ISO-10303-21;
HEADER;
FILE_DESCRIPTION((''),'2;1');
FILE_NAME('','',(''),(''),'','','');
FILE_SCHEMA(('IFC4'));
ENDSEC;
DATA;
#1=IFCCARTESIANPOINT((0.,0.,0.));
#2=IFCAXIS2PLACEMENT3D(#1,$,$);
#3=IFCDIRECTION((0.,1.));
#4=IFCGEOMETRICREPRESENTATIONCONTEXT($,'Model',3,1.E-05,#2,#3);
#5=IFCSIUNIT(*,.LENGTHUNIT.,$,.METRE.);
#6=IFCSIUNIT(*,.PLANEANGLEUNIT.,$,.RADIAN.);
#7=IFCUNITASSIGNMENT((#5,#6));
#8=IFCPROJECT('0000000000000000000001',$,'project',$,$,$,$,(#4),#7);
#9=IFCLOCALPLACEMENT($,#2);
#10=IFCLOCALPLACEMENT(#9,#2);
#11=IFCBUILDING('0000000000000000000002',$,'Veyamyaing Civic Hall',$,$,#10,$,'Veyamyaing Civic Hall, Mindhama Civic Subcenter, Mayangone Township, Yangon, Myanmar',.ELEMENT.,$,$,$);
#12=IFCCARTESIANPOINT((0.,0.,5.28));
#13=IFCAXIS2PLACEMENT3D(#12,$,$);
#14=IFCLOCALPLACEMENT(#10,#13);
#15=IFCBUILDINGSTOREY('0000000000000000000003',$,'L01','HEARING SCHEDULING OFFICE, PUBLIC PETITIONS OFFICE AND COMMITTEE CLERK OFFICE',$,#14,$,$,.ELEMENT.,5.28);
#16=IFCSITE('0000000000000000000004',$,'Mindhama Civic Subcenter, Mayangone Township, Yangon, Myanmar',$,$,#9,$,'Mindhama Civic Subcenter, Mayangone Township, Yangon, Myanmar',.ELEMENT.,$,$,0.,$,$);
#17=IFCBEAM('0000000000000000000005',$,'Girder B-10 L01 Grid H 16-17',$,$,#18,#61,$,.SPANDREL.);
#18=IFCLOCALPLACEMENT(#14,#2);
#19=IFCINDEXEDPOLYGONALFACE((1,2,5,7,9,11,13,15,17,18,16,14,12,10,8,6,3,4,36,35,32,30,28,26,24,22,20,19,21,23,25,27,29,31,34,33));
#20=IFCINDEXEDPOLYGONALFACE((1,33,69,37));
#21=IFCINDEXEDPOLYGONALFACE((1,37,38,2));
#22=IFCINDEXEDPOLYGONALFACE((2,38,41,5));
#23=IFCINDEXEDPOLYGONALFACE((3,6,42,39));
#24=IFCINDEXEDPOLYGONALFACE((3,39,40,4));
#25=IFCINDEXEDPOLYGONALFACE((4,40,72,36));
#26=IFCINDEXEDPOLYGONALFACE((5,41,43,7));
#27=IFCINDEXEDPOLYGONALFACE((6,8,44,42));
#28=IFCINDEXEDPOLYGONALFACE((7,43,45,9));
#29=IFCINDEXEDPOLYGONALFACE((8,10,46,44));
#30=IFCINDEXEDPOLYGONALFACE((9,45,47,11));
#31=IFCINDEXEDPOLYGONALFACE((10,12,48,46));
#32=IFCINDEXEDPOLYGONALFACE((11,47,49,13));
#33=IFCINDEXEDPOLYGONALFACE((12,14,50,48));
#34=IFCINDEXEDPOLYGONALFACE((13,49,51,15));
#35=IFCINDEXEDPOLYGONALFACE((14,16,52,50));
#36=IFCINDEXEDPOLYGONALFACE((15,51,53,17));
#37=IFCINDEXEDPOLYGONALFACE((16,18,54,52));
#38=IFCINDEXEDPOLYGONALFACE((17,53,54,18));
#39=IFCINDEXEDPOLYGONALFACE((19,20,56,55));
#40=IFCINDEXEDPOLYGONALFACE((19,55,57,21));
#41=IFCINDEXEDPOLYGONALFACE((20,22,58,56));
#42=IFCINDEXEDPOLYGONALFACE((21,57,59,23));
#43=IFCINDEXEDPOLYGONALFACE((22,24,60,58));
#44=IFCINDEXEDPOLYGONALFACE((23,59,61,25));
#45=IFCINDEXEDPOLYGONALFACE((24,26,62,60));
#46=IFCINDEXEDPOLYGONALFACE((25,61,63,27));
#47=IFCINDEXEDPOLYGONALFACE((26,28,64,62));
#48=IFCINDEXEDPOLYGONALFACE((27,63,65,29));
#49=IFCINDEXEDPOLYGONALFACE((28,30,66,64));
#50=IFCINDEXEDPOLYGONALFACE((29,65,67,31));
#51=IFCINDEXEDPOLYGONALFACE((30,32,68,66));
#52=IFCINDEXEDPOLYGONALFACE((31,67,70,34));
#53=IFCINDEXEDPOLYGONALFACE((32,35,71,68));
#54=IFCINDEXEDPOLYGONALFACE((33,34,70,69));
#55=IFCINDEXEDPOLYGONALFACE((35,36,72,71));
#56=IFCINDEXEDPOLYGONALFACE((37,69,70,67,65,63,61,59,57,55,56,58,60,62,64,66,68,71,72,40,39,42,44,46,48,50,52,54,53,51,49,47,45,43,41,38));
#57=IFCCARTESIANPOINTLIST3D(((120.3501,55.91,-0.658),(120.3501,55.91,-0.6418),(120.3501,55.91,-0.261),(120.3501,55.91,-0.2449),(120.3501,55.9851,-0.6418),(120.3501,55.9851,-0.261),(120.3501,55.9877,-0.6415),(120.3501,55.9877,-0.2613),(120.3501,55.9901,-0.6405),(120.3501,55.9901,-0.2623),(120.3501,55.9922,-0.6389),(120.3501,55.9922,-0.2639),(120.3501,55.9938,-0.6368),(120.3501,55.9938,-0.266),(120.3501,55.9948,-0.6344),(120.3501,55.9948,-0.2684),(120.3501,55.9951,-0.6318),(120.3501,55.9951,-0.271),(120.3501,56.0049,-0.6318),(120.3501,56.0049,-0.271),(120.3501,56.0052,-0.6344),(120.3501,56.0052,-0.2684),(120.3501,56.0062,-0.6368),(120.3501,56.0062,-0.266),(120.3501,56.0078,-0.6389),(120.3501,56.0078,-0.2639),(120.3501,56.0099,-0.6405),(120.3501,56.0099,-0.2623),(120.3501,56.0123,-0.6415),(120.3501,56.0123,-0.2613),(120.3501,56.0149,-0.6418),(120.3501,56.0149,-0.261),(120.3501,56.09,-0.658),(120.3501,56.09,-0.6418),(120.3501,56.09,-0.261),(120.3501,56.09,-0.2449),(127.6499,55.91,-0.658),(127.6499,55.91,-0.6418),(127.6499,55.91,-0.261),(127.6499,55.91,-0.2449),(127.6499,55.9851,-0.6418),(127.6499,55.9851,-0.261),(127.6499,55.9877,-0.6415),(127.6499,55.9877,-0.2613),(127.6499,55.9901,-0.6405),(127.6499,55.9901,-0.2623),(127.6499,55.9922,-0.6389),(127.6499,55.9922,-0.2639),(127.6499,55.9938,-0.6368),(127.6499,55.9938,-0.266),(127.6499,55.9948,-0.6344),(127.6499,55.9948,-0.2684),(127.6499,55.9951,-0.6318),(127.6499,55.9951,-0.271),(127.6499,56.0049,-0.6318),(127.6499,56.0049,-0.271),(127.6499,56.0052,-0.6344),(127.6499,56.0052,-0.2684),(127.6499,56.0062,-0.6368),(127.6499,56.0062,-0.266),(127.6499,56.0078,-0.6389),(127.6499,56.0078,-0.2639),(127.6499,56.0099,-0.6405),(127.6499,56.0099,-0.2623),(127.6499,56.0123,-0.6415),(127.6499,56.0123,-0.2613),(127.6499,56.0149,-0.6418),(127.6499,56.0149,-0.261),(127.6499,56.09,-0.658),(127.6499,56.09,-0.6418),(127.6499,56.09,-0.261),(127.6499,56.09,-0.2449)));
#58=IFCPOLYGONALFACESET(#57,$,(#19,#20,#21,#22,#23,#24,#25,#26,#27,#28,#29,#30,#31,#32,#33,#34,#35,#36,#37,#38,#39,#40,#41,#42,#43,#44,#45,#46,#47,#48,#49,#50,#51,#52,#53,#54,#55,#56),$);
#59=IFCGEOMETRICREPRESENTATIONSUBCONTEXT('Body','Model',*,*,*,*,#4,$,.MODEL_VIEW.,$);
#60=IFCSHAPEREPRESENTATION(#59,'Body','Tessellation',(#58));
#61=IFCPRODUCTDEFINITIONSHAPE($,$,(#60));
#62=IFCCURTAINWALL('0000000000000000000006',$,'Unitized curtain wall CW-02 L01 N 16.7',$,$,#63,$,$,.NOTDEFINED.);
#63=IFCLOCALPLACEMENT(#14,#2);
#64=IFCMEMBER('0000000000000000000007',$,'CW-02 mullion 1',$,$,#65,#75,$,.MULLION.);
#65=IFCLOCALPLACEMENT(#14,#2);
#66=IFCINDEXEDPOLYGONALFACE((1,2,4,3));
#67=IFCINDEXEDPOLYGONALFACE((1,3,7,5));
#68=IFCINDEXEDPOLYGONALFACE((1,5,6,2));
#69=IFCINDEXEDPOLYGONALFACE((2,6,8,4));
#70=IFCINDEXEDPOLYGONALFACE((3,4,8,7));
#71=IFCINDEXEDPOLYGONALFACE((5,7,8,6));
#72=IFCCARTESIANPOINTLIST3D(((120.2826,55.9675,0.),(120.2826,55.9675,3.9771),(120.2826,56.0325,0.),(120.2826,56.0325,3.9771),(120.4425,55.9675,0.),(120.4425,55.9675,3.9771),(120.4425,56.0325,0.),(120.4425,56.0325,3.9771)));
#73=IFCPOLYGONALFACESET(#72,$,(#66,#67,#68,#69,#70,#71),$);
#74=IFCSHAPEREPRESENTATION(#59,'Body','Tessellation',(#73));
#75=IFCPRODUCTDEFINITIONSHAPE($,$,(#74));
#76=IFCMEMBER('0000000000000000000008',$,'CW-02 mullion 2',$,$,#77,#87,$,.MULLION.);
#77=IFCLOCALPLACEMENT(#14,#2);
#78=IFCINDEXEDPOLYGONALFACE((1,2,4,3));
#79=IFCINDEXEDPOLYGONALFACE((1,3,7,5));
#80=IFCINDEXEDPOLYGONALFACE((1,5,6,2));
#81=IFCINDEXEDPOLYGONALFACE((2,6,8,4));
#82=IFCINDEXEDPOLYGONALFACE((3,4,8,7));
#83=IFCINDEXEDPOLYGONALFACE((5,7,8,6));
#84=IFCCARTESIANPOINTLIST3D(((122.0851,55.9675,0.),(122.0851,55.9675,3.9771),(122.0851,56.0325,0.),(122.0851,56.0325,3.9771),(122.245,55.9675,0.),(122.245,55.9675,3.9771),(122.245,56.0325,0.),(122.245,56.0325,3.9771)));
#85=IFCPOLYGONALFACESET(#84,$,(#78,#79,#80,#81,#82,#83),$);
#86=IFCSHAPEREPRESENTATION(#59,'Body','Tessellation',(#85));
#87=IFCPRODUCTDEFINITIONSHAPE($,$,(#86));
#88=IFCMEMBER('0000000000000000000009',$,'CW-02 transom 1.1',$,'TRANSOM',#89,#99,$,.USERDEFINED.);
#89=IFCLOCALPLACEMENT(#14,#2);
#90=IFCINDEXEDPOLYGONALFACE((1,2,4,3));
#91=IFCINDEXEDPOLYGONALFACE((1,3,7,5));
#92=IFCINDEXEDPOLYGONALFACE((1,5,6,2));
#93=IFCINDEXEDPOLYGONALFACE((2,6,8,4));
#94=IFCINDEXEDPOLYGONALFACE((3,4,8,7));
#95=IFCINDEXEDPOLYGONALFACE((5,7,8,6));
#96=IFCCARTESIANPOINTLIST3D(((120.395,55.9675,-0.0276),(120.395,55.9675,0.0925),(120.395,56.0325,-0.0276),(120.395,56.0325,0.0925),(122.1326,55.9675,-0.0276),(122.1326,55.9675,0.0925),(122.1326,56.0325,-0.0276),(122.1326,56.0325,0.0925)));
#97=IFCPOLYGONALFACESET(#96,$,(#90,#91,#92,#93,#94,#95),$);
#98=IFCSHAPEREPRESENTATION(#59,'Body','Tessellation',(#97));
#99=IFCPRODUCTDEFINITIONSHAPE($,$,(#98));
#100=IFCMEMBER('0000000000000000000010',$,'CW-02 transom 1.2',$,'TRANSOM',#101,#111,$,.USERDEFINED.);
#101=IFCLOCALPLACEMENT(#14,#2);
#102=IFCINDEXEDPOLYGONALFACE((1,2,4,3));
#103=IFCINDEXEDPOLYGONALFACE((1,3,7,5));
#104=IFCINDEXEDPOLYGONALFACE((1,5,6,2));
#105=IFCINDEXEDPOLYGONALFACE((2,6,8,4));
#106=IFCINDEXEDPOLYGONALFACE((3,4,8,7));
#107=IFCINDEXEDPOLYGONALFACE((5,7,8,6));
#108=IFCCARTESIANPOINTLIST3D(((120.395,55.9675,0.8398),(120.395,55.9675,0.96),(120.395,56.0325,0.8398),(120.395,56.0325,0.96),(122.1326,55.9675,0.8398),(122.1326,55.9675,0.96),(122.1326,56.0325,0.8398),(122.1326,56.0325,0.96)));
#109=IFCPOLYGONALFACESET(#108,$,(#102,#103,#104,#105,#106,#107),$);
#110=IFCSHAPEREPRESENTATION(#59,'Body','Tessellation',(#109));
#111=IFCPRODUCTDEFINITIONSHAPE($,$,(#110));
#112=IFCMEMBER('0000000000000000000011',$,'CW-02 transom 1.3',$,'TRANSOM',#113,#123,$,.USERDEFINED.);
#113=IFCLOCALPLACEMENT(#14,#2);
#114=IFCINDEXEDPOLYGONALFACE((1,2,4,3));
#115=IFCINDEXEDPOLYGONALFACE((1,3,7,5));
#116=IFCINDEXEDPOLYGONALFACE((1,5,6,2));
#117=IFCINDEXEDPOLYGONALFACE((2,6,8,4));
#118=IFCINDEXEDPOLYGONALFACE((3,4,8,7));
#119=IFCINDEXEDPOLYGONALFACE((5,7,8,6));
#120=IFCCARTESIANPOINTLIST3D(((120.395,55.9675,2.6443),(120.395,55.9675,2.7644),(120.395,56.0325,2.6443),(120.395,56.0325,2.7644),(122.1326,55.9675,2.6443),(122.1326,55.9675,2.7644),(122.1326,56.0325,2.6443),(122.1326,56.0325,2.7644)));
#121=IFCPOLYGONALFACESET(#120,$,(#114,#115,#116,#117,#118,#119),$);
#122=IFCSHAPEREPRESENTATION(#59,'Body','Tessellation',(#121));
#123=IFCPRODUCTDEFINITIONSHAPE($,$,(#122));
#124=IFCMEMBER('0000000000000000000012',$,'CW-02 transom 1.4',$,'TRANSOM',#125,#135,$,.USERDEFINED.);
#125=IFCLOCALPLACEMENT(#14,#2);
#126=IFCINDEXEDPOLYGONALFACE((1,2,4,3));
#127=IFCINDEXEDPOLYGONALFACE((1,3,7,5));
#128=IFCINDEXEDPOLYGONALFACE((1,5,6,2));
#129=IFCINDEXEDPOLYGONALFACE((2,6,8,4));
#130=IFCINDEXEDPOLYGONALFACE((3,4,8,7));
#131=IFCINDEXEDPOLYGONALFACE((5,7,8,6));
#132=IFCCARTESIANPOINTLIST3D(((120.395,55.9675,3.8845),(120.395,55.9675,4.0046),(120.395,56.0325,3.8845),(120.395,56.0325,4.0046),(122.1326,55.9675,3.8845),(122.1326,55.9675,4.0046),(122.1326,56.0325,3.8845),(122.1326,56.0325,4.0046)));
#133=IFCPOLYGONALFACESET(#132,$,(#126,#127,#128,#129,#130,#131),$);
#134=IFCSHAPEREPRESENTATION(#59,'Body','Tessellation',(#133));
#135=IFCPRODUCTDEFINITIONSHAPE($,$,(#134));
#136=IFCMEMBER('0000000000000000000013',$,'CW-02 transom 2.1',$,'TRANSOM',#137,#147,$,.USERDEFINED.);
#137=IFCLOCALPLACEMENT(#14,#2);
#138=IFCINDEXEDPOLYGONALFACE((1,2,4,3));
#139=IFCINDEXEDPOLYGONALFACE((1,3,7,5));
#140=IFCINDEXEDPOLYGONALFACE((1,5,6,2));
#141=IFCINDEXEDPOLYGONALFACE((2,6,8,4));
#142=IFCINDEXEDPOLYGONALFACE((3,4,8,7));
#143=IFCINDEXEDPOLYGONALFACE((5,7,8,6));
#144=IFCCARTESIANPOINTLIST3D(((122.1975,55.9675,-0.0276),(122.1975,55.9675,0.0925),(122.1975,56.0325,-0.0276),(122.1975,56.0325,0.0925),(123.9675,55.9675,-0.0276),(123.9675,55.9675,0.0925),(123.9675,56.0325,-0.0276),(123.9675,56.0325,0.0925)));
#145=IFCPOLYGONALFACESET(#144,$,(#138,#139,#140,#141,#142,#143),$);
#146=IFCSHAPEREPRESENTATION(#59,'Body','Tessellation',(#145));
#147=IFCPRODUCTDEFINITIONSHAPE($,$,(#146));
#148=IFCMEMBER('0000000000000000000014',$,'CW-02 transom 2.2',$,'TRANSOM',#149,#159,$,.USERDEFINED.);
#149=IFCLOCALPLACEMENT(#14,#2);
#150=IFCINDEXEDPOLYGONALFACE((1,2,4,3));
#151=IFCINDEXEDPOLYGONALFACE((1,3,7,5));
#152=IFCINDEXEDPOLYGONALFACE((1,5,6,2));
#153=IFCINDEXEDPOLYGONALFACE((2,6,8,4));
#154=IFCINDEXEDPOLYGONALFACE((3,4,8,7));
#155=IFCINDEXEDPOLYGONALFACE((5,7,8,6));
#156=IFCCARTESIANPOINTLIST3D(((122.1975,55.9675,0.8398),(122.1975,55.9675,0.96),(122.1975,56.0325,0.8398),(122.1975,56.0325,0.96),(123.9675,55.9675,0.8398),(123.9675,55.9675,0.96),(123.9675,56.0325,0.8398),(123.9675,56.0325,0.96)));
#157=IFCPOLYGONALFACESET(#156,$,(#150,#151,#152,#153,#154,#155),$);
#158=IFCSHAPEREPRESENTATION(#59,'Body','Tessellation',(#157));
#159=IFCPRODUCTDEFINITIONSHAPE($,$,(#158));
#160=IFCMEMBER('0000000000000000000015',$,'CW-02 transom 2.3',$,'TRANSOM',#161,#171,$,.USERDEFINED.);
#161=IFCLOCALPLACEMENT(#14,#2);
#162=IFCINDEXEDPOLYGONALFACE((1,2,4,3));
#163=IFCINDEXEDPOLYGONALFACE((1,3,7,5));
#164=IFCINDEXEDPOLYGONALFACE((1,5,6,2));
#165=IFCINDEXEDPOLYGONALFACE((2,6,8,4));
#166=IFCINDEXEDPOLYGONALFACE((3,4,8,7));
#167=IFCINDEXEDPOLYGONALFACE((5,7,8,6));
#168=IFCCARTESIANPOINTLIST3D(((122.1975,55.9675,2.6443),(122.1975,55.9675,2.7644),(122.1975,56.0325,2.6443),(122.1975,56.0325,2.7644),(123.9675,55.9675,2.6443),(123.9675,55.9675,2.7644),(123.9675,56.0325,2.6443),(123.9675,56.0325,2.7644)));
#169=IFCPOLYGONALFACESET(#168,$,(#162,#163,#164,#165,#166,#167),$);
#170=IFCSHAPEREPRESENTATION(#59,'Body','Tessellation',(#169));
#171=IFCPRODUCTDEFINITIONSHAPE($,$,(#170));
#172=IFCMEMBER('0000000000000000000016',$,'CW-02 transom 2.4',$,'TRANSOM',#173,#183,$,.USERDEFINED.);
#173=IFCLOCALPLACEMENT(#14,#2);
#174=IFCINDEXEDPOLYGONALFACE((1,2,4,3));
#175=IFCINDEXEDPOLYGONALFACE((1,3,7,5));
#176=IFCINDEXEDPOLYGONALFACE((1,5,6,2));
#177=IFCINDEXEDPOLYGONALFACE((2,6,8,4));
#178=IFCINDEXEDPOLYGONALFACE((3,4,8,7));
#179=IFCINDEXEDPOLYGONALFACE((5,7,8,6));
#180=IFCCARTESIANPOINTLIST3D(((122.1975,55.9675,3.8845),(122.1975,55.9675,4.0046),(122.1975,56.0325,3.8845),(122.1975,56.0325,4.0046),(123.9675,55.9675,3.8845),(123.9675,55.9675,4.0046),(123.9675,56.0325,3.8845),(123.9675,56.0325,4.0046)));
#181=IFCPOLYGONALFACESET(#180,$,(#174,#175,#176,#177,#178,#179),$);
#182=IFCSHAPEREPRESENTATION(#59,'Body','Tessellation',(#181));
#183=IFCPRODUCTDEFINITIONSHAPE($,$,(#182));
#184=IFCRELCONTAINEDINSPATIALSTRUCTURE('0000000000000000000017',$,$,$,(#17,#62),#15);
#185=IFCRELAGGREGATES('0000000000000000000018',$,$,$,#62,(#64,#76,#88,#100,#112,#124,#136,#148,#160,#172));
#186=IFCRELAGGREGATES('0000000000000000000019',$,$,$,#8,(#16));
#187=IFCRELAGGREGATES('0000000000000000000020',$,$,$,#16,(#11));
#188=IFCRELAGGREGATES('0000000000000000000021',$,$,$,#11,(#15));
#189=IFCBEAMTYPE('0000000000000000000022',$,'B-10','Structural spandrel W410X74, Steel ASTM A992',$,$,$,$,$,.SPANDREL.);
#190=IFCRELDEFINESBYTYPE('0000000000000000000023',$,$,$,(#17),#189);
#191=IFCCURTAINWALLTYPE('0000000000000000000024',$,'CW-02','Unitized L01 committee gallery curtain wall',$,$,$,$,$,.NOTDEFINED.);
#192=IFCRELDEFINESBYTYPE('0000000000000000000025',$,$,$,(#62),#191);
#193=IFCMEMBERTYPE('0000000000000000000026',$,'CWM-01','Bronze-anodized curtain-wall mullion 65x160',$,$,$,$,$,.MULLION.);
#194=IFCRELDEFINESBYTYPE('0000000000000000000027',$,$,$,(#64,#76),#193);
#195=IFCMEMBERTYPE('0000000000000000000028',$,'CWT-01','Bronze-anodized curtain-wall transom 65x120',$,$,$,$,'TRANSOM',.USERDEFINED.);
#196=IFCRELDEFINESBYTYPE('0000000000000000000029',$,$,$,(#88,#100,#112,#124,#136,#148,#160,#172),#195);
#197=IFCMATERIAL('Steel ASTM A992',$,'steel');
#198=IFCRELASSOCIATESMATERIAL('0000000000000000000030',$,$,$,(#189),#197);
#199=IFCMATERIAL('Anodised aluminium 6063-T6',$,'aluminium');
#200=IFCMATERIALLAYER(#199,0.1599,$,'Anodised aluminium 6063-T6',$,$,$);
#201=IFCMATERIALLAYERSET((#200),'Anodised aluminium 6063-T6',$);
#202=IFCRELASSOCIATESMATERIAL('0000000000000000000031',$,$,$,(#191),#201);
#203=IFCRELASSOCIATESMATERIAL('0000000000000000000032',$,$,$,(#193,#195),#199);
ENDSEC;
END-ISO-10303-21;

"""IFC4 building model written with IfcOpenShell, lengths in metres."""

from ifc_helpers import new_model, si_unit, direction, frame, origin, origin_2d, place, context, subcontext, project, spatial, rectangle, i_section, extrude, material, layer, layer_set, material_profile, profile_set, type_object, element, aggregate, save


model = new_model("IFC4")

# Units and contexts
model_context = context("Model", 3, precision=1e-05, world=origin(), true_north=direction((0.0, 1.0)))
body_context = subcontext(model_context, "Body", "Model", "MODEL_VIEW")
ifc_project = project(units=[si_unit("LENGTHUNIT", "METRE"), si_unit("PLANEANGLEUNIT", "RADIAN")], contexts=[model_context])

# Site, building, storey
site_placement = place(None, origin())
site = spatial("IfcSite", under=ifc_project, at=site_placement, Name="Mindhama Civic Subcenter, Mayangone Township, Yangon, Myanmar", LongName="Mindhama Civic Subcenter, Mayangone Township, Yangon, Myanmar", CompositionType="ELEMENT", RefElevation=0.0)
building_placement = place(site_placement, origin())
building = spatial("IfcBuilding", under=site, at=building_placement, Name="Veyamyaing Civic Hall", LongName="Veyamyaing Civic Hall, Mindhama Civic Subcenter, Mayangone Township, Yangon, Myanmar", CompositionType="ELEMENT")
storey_placement = place(building_placement, frame((0.0, 0.0, 5.28)))
storey = spatial("IfcBuildingStorey", under=building, at=storey_placement, Name="L01", Description="HEARING SCHEDULING OFFICE, PUBLIC PETITIONS OFFICE AND COMMITTEE CLERK OFFICE", CompositionType="ELEMENT", Elevation=5.28)

# Beam
ifc_material_1 = material(Name="Steel ASTM A992", Category="steel")
ifc_material_profile_1 = material_profile(ifc_material_1, i_section(OverallWidth=0.1799, OverallDepth=0.4131, WebThickness=0.0098, FlangeThickness=0.0161, FilletRadius=0.01, at=origin_2d()), Name="W410X74")
ifc_profile_set_1 = profile_set([ifc_material_profile_1], Name="Steel ASTM A992")
beam_type_1 = type_object("IfcBeamType", Name="B-10", Description="Structural spandrel W410X74, Steel ASTM A992", PredefinedType="SPANDREL", material=ifc_profile_set_1)
beam_placement = place(storey_placement, frame((120.3501, 56.0, -0.4514), z_axis=(1.0, 0.0, 0.0), x_axis=(0.0, 1.0, 0.0)))
element("IfcBeam", 1, at=beam_placement, inside=storey, type_object=beam_type_1, Name="Girder B-10 L01 Grid H 16-17", PredefinedType="SPANDREL", context=body_context, shape_type="SweptSolid", body=[
    extrude(i_section(OverallWidth=0.1799, OverallDepth=0.4131, WebThickness=0.0098, FlangeThickness=0.0161, FilletRadius=0.01, at=origin_2d()), origin(), (0.0, 0.0, 1.0), 7.2998),
])

# Curtain wall, members
ifc_material_2 = material(Name="Anodised aluminium 6063-T6", Category="aluminium")
ifc_layer_1 = layer(ifc_material_2, 0.1599, Name="Anodised aluminium 6063-T6")
ifc_layer_set_1 = layer_set([ifc_layer_1], Name="Anodised aluminium 6063-T6")
curtain_wall_type = type_object("IfcCurtainWallType", Name="CW-02", Description="Unitized L01 committee gallery curtain wall", PredefinedType="NOTDEFINED", material=ifc_layer_set_1)
curtain_wall_placement = place(storey_placement, origin())
curtain_wall = element("IfcCurtainWall", 2, at=curtain_wall_placement, inside=storey, type_object=curtain_wall_type, Name="Unitized curtain wall CW-02 L01 N 16.7", PredefinedType="NOTDEFINED")
ifc_material_profile_2 = material_profile(ifc_material_2, rectangle(XDim=0.0649, YDim=0.1599, at=origin_2d()), Name="ALU-MUL-65X160")
ifc_profile_set_2 = profile_set([ifc_material_profile_2], Name="Anodised aluminium 6063-T6")
member_type_1 = type_object("IfcMemberType", Name="CWM-01", Description="Bronze-anodized curtain-wall mullion 65x160", PredefinedType="MULLION", material=ifc_profile_set_2)
member_1_placement = place(storey_placement, frame((120.3625, 56.0, 0.0), z_axis=(0.0, 0.0, 1.0), x_axis=(0.0, 1.0, 0.0)))
member_1 = element("IfcMember", 3, at=member_1_placement, type_object=member_type_1, Name="CW-02 mullion 1", PredefinedType="MULLION", context=body_context, shape_type="SweptSolid", body=[
    extrude(rectangle(XDim=0.0649, YDim=0.1599, at=origin_2d()), origin(), (0.0, 0.0, 1.0), 3.9771),
])
member_2_placement = place(storey_placement, frame((122.165, 56.0, 0.0), z_axis=(0.0, 0.0, 1.0), x_axis=(0.0, 1.0, 0.0)))
member_2 = element("IfcMember", 4, at=member_2_placement, type_object=member_type_1, Name="CW-02 mullion 2", PredefinedType="MULLION", context=body_context, shape_type="SweptSolid", body=[
    extrude(rectangle(XDim=0.0649, YDim=0.1599, at=origin_2d()), origin(), (0.0, 0.0, 1.0), 3.9771),
])
ifc_material_profile_3 = material_profile(ifc_material_2, rectangle(XDim=0.0649, YDim=0.1201, at=origin_2d()), Name="ALU-TRN-65X120")
ifc_profile_set_3 = profile_set([ifc_material_profile_3], Name="Anodised aluminium 6063-T6")
member_type_2 = type_object("IfcMemberType", Name="CWT-01", Description="Bronze-anodized curtain-wall transom 65x120", ElementType="TRANSOM", PredefinedType="USERDEFINED", material=ifc_profile_set_3)
member_3_placement = place(storey_placement, frame((120.395, 56.0, 0.0325), z_axis=(1.0, 0.0, 0.0), x_axis=(0.0, 1.0, 0.0)))
member_3 = element("IfcMember", 5, at=member_3_placement, type_object=member_type_2, Name="CW-02 transom 1.1", ObjectType="TRANSOM", PredefinedType="USERDEFINED", context=body_context, shape_type="SweptSolid", body=[
    extrude(rectangle(XDim=0.0649, YDim=0.1201, at=origin_2d()), origin(), (0.0, 0.0, 1.0), 1.7375),
])
member_4_placement = place(storey_placement, frame((120.395, 56.0, 0.8999), z_axis=(1.0, 0.0, 0.0), x_axis=(0.0, 1.0, 0.0)))
member_4 = element("IfcMember", 6, at=member_4_placement, type_object=member_type_2, Name="CW-02 transom 1.2", ObjectType="TRANSOM", PredefinedType="USERDEFINED", context=body_context, shape_type="SweptSolid", body=[
    extrude(rectangle(XDim=0.0649, YDim=0.1201, at=origin_2d()), origin(), (0.0, 0.0, 1.0), 1.7375),
])
member_5_placement = place(storey_placement, frame((120.395, 56.0, 2.7043), z_axis=(1.0, 0.0, 0.0), x_axis=(0.0, 1.0, 0.0)))
member_5 = element("IfcMember", 7, at=member_5_placement, type_object=member_type_2, Name="CW-02 transom 1.3", ObjectType="TRANSOM", PredefinedType="USERDEFINED", context=body_context, shape_type="SweptSolid", body=[
    extrude(rectangle(XDim=0.0649, YDim=0.1201, at=origin_2d()), origin(), (0.0, 0.0, 1.0), 1.7375),
])
member_6_placement = place(storey_placement, frame((120.395, 56.0, 3.9446), z_axis=(1.0, 0.0, 0.0), x_axis=(0.0, 1.0, 0.0)))
member_6 = element("IfcMember", 8, at=member_6_placement, type_object=member_type_2, Name="CW-02 transom 1.4", ObjectType="TRANSOM", PredefinedType="USERDEFINED", context=body_context, shape_type="SweptSolid", body=[
    extrude(rectangle(XDim=0.0649, YDim=0.1201, at=origin_2d()), origin(), (0.0, 0.0, 1.0), 1.7375),
])
member_7_placement = place(storey_placement, frame((122.1975, 56.0, 0.0325), z_axis=(1.0, 0.0, 0.0), x_axis=(0.0, 1.0, 0.0)))
member_7 = element("IfcMember", 9, at=member_7_placement, type_object=member_type_2, Name="CW-02 transom 2.1", ObjectType="TRANSOM", PredefinedType="USERDEFINED", context=body_context, shape_type="SweptSolid", body=[
    extrude(rectangle(XDim=0.0649, YDim=0.1201, at=origin_2d()), origin(), (0.0, 0.0, 1.0), 1.77),
])
member_8_placement = place(storey_placement, frame((122.1975, 56.0, 0.8999), z_axis=(1.0, 0.0, 0.0), x_axis=(0.0, 1.0, 0.0)))
member_8 = element("IfcMember", 10, at=member_8_placement, type_object=member_type_2, Name="CW-02 transom 2.2", ObjectType="TRANSOM", PredefinedType="USERDEFINED", context=body_context, shape_type="SweptSolid", body=[
    extrude(rectangle(XDim=0.0649, YDim=0.1201, at=origin_2d()), origin(), (0.0, 0.0, 1.0), 1.77),
])
member_9_placement = place(storey_placement, frame((122.1975, 56.0, 2.7043), z_axis=(1.0, 0.0, 0.0), x_axis=(0.0, 1.0, 0.0)))
member_9 = element("IfcMember", 11, at=member_9_placement, type_object=member_type_2, Name="CW-02 transom 2.3", ObjectType="TRANSOM", PredefinedType="USERDEFINED", context=body_context, shape_type="SweptSolid", body=[
    extrude(rectangle(XDim=0.0649, YDim=0.1201, at=origin_2d()), origin(), (0.0, 0.0, 1.0), 1.77),
])
member_10_placement = place(storey_placement, frame((122.1975, 56.0, 3.9446), z_axis=(1.0, 0.0, 0.0), x_axis=(0.0, 1.0, 0.0)))
member_10 = element("IfcMember", 12, at=member_10_placement, type_object=member_type_2, Name="CW-02 transom 2.4", ObjectType="TRANSOM", PredefinedType="USERDEFINED", context=body_context, shape_type="SweptSolid", body=[
    extrude(rectangle(XDim=0.0649, YDim=0.1201, at=origin_2d()), origin(), (0.0, 0.0, 1.0), 1.77),
])

aggregate(curtain_wall, [member_1, member_2, member_3, member_4, member_5, member_6, member_7, member_8, member_9, member_10])

save(model, "model.ifc")
